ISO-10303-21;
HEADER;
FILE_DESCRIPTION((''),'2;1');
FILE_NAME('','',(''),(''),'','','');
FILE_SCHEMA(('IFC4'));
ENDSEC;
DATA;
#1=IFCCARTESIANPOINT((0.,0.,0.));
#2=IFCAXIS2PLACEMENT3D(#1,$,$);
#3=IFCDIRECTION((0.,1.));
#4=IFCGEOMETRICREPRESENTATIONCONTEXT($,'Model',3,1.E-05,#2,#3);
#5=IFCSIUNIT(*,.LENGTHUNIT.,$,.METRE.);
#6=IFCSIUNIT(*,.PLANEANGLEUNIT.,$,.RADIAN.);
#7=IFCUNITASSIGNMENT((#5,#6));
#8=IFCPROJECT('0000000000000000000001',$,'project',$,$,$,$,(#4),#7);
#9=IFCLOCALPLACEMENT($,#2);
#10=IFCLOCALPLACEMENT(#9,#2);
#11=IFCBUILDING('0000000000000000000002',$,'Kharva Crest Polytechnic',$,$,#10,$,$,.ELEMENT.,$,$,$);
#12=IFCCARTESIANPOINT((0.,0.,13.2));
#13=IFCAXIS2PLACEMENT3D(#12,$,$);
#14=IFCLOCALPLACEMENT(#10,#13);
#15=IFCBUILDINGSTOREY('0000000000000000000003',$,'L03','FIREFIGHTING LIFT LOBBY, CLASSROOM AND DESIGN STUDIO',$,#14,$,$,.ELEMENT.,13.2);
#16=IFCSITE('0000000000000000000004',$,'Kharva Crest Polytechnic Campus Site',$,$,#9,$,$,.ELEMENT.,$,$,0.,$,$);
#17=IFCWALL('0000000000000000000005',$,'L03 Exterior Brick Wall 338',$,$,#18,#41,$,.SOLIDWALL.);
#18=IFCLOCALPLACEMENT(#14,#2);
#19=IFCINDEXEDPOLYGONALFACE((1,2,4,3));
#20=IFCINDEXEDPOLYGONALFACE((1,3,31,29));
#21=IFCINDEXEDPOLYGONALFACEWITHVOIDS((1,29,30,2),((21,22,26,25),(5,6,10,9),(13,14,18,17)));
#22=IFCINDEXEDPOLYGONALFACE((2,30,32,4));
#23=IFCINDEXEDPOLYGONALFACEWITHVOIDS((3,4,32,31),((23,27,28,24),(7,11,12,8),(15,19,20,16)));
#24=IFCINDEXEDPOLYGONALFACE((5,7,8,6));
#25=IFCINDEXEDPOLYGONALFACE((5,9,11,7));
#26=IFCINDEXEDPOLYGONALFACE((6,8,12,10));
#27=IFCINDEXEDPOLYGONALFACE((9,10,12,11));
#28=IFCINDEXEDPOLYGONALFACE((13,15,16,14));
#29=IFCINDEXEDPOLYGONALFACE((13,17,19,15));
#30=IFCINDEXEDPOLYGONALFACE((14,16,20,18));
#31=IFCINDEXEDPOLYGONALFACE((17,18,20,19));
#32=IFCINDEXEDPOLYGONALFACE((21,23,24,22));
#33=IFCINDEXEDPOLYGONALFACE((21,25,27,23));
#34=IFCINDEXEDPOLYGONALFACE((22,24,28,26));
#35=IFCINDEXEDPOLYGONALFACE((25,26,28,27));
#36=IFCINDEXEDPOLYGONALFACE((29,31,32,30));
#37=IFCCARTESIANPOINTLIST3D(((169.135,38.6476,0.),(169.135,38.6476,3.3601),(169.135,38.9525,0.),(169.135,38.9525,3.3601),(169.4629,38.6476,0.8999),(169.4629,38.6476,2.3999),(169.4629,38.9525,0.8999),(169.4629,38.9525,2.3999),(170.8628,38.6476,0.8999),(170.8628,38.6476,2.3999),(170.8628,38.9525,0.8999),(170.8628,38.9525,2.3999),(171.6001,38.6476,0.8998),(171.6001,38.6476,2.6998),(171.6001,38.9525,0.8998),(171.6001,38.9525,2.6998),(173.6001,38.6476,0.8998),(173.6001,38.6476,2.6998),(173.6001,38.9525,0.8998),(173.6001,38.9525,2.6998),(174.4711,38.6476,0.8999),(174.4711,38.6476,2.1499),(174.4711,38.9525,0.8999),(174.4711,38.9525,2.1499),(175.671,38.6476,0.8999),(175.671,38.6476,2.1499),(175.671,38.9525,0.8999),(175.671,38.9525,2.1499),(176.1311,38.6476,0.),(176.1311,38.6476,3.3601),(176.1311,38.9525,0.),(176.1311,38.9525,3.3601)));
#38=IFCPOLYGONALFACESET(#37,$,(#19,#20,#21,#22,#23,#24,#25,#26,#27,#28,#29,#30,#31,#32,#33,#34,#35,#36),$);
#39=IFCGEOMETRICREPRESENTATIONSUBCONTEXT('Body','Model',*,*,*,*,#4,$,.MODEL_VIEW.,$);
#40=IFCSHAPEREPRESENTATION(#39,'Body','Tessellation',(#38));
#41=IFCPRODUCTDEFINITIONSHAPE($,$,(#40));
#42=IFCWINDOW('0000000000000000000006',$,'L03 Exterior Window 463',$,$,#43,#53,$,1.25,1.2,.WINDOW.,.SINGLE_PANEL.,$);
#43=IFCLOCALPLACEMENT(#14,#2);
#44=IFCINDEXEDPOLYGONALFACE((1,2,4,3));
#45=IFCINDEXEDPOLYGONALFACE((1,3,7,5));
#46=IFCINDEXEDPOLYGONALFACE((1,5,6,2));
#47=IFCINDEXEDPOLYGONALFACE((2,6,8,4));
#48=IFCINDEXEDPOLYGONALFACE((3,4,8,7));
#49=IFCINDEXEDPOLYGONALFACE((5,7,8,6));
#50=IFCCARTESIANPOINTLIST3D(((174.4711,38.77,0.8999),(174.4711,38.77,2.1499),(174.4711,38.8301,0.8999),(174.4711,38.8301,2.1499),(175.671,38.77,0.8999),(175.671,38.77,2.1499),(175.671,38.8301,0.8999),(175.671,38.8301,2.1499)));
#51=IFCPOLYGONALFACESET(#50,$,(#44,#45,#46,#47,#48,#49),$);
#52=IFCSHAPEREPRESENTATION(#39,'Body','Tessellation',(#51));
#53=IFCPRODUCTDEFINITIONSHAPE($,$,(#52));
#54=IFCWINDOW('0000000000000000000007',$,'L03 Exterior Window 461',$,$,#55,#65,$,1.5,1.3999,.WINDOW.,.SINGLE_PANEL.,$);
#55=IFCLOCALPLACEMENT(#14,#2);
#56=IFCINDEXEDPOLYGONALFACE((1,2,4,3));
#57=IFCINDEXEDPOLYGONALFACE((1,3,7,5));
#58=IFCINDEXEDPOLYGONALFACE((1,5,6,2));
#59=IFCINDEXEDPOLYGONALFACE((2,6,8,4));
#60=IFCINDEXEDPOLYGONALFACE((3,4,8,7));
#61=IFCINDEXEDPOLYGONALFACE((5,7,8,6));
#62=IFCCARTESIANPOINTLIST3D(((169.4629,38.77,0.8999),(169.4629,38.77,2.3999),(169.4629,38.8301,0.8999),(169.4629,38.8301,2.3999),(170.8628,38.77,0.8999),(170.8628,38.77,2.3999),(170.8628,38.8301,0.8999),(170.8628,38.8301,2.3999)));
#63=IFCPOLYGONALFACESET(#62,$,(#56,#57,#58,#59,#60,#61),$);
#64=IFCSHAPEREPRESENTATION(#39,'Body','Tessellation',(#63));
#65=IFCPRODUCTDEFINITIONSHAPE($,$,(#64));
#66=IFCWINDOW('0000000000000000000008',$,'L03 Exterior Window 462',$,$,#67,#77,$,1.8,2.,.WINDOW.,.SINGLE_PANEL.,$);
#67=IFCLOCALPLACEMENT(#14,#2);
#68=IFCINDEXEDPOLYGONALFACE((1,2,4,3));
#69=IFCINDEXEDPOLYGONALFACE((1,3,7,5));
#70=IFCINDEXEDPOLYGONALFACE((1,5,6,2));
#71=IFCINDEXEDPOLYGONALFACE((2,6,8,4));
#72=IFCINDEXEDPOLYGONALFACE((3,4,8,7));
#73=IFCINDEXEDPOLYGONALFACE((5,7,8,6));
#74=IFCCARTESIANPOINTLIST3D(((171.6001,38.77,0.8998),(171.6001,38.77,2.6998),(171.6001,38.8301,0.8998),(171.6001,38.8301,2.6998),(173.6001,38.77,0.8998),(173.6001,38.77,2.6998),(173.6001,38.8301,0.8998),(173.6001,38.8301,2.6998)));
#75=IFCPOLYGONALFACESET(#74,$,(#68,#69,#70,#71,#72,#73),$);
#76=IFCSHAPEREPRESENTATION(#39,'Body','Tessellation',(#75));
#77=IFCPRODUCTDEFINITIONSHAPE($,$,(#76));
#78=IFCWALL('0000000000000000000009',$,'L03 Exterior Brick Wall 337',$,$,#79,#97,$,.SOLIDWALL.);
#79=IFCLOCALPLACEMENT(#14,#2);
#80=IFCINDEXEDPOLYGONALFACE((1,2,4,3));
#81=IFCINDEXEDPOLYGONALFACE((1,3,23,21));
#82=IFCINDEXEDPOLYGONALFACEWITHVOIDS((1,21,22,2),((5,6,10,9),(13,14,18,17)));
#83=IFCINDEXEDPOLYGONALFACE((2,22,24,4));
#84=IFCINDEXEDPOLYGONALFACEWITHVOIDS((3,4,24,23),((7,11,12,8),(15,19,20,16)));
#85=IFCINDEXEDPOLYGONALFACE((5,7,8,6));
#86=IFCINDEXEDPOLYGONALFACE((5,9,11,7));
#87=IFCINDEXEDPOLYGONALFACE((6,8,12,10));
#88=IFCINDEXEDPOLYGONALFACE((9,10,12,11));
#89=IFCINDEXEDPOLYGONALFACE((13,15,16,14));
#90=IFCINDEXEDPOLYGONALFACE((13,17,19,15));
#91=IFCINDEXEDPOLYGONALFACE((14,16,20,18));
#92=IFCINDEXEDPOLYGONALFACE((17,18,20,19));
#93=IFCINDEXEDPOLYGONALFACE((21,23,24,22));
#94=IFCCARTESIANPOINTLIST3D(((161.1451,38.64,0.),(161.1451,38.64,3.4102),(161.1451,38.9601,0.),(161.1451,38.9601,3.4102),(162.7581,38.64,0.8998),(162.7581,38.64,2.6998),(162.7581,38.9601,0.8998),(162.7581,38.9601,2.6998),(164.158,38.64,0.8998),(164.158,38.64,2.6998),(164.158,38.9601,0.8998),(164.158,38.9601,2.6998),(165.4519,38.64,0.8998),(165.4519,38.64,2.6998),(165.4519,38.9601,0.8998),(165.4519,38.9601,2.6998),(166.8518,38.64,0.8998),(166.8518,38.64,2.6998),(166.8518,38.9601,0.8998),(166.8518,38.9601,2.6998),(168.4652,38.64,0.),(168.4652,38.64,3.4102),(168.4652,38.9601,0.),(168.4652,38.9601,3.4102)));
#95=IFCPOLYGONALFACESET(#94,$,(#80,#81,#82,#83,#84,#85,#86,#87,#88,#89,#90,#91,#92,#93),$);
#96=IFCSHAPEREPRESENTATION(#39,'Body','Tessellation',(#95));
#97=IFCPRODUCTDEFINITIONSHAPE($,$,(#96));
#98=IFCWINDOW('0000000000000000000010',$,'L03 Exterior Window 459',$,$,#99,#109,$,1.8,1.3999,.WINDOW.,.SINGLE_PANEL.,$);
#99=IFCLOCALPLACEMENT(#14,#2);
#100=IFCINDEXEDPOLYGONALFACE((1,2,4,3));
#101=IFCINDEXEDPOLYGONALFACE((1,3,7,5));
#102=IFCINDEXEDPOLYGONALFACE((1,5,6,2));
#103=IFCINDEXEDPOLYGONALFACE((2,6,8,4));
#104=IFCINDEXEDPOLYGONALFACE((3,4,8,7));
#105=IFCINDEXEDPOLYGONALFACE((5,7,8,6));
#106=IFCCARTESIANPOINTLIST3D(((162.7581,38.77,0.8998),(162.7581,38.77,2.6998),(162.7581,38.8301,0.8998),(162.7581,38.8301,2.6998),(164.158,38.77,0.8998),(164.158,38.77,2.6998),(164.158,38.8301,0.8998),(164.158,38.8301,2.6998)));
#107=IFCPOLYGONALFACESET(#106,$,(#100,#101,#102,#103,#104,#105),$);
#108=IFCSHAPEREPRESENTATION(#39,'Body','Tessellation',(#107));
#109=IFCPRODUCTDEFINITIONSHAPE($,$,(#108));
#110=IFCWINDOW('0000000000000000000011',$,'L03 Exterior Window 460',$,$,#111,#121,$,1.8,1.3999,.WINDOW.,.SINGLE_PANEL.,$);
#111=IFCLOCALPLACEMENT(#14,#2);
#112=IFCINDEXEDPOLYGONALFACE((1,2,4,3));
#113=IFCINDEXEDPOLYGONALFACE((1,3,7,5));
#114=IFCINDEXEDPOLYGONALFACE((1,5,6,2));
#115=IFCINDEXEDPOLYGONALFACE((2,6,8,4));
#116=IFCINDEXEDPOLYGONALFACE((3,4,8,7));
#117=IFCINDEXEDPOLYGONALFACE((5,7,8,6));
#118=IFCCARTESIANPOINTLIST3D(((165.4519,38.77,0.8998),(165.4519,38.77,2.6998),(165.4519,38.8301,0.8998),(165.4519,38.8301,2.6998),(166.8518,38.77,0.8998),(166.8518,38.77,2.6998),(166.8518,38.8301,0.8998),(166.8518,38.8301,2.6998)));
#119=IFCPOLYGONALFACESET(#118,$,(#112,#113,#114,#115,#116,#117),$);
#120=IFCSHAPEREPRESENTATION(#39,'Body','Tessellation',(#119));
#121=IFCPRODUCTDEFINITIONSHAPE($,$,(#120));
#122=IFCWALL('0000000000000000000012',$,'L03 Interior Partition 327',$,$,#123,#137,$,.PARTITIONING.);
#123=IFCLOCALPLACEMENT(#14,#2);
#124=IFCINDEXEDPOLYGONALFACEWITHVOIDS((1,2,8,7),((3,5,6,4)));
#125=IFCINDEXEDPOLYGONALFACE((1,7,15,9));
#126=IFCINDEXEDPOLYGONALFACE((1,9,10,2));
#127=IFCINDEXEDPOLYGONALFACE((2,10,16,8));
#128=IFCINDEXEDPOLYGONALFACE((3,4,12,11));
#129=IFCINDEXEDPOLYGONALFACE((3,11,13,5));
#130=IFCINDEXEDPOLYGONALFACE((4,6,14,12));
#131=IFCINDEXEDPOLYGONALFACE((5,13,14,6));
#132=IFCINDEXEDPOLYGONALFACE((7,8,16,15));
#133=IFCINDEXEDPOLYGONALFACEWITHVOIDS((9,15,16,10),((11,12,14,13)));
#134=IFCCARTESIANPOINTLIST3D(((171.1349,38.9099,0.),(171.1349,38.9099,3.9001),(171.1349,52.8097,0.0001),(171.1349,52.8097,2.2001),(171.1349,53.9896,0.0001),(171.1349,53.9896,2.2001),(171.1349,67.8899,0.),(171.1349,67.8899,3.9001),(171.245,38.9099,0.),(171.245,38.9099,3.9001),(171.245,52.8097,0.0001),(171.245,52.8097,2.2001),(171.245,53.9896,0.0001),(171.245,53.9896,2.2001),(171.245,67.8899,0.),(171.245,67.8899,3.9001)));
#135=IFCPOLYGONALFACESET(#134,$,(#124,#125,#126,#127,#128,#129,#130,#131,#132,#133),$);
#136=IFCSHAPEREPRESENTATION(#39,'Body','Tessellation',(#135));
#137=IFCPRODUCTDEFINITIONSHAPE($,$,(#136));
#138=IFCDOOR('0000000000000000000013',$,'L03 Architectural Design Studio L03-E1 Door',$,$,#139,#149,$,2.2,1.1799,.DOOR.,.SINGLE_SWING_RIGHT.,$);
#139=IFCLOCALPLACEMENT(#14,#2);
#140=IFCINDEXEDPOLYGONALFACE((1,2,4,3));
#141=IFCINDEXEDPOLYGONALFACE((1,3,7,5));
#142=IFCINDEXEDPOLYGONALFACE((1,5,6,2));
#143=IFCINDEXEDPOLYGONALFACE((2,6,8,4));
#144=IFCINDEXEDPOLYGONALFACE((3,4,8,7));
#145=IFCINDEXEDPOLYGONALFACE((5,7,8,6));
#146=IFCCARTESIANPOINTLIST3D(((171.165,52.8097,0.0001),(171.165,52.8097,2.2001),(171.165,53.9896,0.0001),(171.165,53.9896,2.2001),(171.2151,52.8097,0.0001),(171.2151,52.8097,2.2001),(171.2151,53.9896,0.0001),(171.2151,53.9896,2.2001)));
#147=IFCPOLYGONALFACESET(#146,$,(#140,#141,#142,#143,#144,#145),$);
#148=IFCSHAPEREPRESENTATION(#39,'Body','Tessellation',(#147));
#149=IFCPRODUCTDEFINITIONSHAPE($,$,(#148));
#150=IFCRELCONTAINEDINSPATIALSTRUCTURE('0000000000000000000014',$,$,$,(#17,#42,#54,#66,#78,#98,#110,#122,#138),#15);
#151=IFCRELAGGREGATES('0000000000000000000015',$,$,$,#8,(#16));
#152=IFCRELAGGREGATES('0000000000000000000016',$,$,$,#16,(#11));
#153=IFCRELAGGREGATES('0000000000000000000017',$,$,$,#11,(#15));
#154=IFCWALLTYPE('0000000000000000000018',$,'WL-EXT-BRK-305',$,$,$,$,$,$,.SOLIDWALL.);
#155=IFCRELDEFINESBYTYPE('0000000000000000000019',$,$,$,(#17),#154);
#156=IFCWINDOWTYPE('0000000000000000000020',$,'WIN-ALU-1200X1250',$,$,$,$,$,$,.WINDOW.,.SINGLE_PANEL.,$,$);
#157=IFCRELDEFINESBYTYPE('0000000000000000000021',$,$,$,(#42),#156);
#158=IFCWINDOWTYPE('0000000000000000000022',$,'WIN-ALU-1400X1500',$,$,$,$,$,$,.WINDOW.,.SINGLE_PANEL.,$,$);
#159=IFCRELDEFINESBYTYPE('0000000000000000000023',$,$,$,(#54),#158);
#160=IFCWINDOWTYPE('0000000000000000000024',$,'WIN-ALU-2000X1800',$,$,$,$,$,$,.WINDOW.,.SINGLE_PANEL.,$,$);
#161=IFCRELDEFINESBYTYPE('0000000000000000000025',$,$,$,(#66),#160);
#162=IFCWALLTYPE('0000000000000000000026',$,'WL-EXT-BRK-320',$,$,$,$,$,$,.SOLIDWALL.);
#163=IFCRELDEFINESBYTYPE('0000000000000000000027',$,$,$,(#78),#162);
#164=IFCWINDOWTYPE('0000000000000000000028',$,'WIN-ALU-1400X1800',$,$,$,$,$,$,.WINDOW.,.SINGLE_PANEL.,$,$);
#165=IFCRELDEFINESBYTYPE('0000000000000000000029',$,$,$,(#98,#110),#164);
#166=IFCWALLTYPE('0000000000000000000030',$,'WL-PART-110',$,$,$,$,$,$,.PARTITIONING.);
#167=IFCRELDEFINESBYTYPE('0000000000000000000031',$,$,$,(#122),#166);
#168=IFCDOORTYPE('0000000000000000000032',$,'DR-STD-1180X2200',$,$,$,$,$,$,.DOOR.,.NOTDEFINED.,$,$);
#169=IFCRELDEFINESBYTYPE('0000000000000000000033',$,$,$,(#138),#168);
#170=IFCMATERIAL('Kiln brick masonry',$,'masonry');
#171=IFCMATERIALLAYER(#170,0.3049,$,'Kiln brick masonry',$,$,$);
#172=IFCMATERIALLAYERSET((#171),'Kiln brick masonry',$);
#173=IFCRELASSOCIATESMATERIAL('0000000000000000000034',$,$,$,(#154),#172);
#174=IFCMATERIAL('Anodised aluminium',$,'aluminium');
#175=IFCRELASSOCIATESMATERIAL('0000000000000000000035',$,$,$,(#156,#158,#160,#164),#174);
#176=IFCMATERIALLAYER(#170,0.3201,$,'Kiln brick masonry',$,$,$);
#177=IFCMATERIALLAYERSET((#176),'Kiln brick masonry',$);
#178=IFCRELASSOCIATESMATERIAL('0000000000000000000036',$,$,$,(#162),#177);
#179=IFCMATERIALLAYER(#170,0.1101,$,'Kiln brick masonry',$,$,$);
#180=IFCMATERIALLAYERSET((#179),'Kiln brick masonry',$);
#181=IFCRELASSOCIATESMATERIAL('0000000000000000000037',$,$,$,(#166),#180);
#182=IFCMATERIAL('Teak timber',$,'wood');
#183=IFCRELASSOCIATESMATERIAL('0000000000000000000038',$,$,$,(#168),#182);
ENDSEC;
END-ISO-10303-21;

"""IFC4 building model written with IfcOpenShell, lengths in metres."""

from ifc_helpers import new_model, si_unit, direction, frame, frame_2d, origin, place, context, subcontext, project, spatial, rectangle, extrude, material, layer, layer_set, type_object, element, fill, save


model = new_model("IFC4")

# Units and contexts
model_context = context("Model", 3, precision=1e-05, world=origin(), true_north=direction((0.0, 1.0)))
body_context = subcontext(model_context, "Body", "Model", "MODEL_VIEW")
ifc_project = project(units=[si_unit("LENGTHUNIT", "METRE"), si_unit("PLANEANGLEUNIT", "RADIAN")], contexts=[model_context])

# Site, building, storey
site_placement = place(None, origin())
site = spatial("IfcSite", under=ifc_project, at=site_placement, Name="Kharva Crest Polytechnic Campus Site", CompositionType="ELEMENT", RefElevation=0.0)
building_placement = place(site_placement, origin())
building = spatial("IfcBuilding", under=site, at=building_placement, Name="Kharva Crest Polytechnic", CompositionType="ELEMENT")
storey_placement = place(building_placement, frame((0.0, 0.0, 13.2)))
storey = spatial("IfcBuildingStorey", under=building, at=storey_placement, Name="L03", Description="FIREFIGHTING LIFT LOBBY, CLASSROOM AND DESIGN STUDIO", CompositionType="ELEMENT", Elevation=13.2)

# Walls, openings, windows
ifc_material_1 = material(Name="Kiln brick masonry", Category="masonry")
ifc_layer_1 = layer(ifc_material_1, 0.3049, Name="Kiln brick masonry")
ifc_layer_set_1 = layer_set([ifc_layer_1], Name="Kiln brick masonry")
wall_type_1 = type_object("IfcWallType", Name="WL-EXT-BRK-305", PredefinedType="SOLIDWALL", material=ifc_layer_set_1)
wall_1_placement = place(storey_placement, frame((169.135, 38.8, 0.0), z_axis=(0.0, 0.0, 1.0), x_axis=(1.0, 0.0, 0.0)))
wall_1 = element("IfcWall", 1, at=wall_1_placement, inside=storey, type_object=wall_type_1, Name="L03 Exterior Brick Wall 338", PredefinedType="SOLIDWALL", context=body_context, shape_type="SweptSolid", body=[
    extrude(rectangle(XDim=6.9961, YDim=0.3049, at=frame_2d((3.498, 0.0))), origin(), (0.0, 0.0, 1.0), 3.3601),
])
opening_1_placement = place(wall_1_placement, frame((0.3279, 0.0, 0.8999)))
opening_1 = element("IfcOpeningElement", 2, at=opening_1_placement, cuts=wall_1, PredefinedType="OPENING", context=body_context, shape_type="SweptSolid", body=[
    extrude(rectangle(XDim=1.3999, YDim=1.5, at=frame_2d((0.7, 0.75))), frame((0.0, 0.1624, 0.0), z_axis=(0.0, -1.0, 0.0), x_axis=(1.0, 0.0, 0.0)), (0.0, 0.0, 1.0), 0.325),
])
opening_2_placement = place(wall_1_placement, frame((2.4651, 0.0, 0.8999)))
opening_2 = element("IfcOpeningElement", 3, at=opening_2_placement, cuts=wall_1, PredefinedType="OPENING", context=body_context, shape_type="SweptSolid", body=[
    extrude(rectangle(XDim=2.0, YDim=1.8, at=frame_2d((1.0, 0.8999))), frame((0.0, 0.1624, 0.0), z_axis=(0.0, -1.0, 0.0), x_axis=(1.0, 0.0, 0.0)), (0.0, 0.0, 1.0), 0.325),
])
opening_3_placement = place(wall_1_placement, frame((5.3359, 0.0, 0.8999)))
opening_3 = element("IfcOpeningElement", 4, at=opening_3_placement, cuts=wall_1, PredefinedType="OPENING", context=body_context, shape_type="SweptSolid", body=[
    extrude(rectangle(XDim=1.2, YDim=1.25, at=frame_2d((0.6001, 0.625))), frame((0.0, 0.1624, 0.0), z_axis=(0.0, -1.0, 0.0), x_axis=(1.0, 0.0, 0.0)), (0.0, 0.0, 1.0), 0.325),
])
ifc_material_2 = material(Name="Anodised aluminium", Category="aluminium")
window_type_1 = type_object("IfcWindowType", Name="WIN-ALU-1200X1250", PartitioningType="SINGLE_PANEL", PredefinedType="WINDOW", material=ifc_material_2)
window_1_placement = place(opening_3_placement, origin())
window_1 = element("IfcWindow", 5, at=window_1_placement, inside=storey, type_object=window_type_1, Name="L03 Exterior Window 463", OverallHeight=1.25, OverallWidth=1.2, PartitioningType="SINGLE_PANEL", PredefinedType="WINDOW", context=body_context, shape_type="SweptSolid", body=[
    extrude(rectangle(XDim=1.2, YDim=1.25, at=frame_2d((0.6001, 0.625))), frame((0.0, 0.03, 0.0), z_axis=(0.0, -1.0, 0.0), x_axis=(1.0, 0.0, 0.0)), (0.0, 0.0, 1.0), 0.0601),
])
fill(opening_3, window_1)
window_type_2 = type_object("IfcWindowType", Name="WIN-ALU-1400X1500", PartitioningType="SINGLE_PANEL", PredefinedType="WINDOW", material=ifc_material_2)
window_2_placement = place(opening_1_placement, origin())
window_2 = element("IfcWindow", 6, at=window_2_placement, inside=storey, type_object=window_type_2, Name="L03 Exterior Window 461", OverallHeight=1.5, OverallWidth=1.3999, PartitioningType="SINGLE_PANEL", PredefinedType="WINDOW", context=body_context, shape_type="SweptSolid", body=[
    extrude(rectangle(XDim=1.3999, YDim=1.5, at=frame_2d((0.7, 0.75))), frame((0.0, 0.03, 0.0), z_axis=(0.0, -1.0, 0.0), x_axis=(1.0, 0.0, 0.0)), (0.0, 0.0, 1.0), 0.0601),
])
fill(opening_1, window_2)
window_type_3 = type_object("IfcWindowType", Name="WIN-ALU-2000X1800", PartitioningType="SINGLE_PANEL", PredefinedType="WINDOW", material=ifc_material_2)
window_3_placement = place(opening_2_placement, origin())
window_3 = element("IfcWindow", 7, at=window_3_placement, inside=storey, type_object=window_type_3, Name="L03 Exterior Window 462", OverallHeight=1.8, OverallWidth=2.0, PartitioningType="SINGLE_PANEL", PredefinedType="WINDOW", context=body_context, shape_type="SweptSolid", body=[
    extrude(rectangle(XDim=2.0, YDim=1.8, at=frame_2d((1.0, 0.8999))), frame((0.0, 0.03, 0.0), z_axis=(0.0, -1.0, 0.0), x_axis=(1.0, 0.0, 0.0)), (0.0, 0.0, 1.0), 0.0601),
])
fill(opening_2, window_3)
ifc_layer_2 = layer(ifc_material_1, 0.3201, Name="Kiln brick masonry")
ifc_layer_set_2 = layer_set([ifc_layer_2], Name="Kiln brick masonry")
wall_type_2 = type_object("IfcWallType", Name="WL-EXT-BRK-320", PredefinedType="SOLIDWALL", material=ifc_layer_set_2)
wall_2_placement = place(storey_placement, frame((161.145, 38.8, 0.0), z_axis=(0.0, 0.0, 1.0), x_axis=(1.0, 0.0, 0.0)))
wall_2 = element("IfcWall", 8, at=wall_2_placement, inside=storey, type_object=wall_type_2, Name="L03 Exterior Brick Wall 337", PredefinedType="SOLIDWALL", context=body_context, shape_type="SweptSolid", body=[
    extrude(rectangle(XDim=7.3201, YDim=0.3201, at=frame_2d((3.6602, 0.0))), origin(), (0.0, 0.0, 1.0), 3.4102),
])
opening_4_placement = place(wall_2_placement, frame((1.613, 0.0, 0.8999)))
opening_4 = element("IfcOpeningElement", 9, at=opening_4_placement, cuts=wall_2, PredefinedType="OPENING", context=body_context, shape_type="SweptSolid", body=[
    extrude(rectangle(XDim=1.3999, YDim=1.8, at=frame_2d((0.7, 0.8999))), frame((0.0, 0.1699, 0.0), z_axis=(0.0, -1.0, 0.0), x_axis=(1.0, 0.0, 0.0)), (0.0, 0.0, 1.0), 0.3401),
])
opening_5_placement = place(wall_2_placement, frame((4.3069, 0.0, 0.8999)))
opening_5 = element("IfcOpeningElement", 10, at=opening_5_placement, cuts=wall_2, PredefinedType="OPENING", context=body_context, shape_type="SweptSolid", body=[
    extrude(rectangle(XDim=1.3999, YDim=1.8, at=frame_2d((0.7, 0.8999))), frame((0.0, 0.1699, 0.0), z_axis=(0.0, -1.0, 0.0), x_axis=(1.0, 0.0, 0.0)), (0.0, 0.0, 1.0), 0.3401),
])
window_type_4 = type_object("IfcWindowType", Name="WIN-ALU-1400X1800", PartitioningType="SINGLE_PANEL", PredefinedType="WINDOW", material=ifc_material_2)
window_4_placement = place(opening_4_placement, origin())
window_4 = element("IfcWindow", 11, at=window_4_placement, inside=storey, type_object=window_type_4, Name="L03 Exterior Window 459", OverallHeight=1.8, OverallWidth=1.3999, PartitioningType="SINGLE_PANEL", PredefinedType="WINDOW", context=body_context, shape_type="SweptSolid", body=[
    extrude(rectangle(XDim=1.3999, YDim=1.8, at=frame_2d((0.7, 0.8999))), frame((0.0, 0.03, 0.0), z_axis=(0.0, -1.0, 0.0), x_axis=(1.0, 0.0, 0.0)), (0.0, 0.0, 1.0), 0.0601),
])
fill(opening_4, window_4)
window_5_placement = place(opening_5_placement, origin())
window_5 = element("IfcWindow", 12, at=window_5_placement, inside=storey, type_object=window_type_4, Name="L03 Exterior Window 460", OverallHeight=1.8, OverallWidth=1.3999, PartitioningType="SINGLE_PANEL", PredefinedType="WINDOW", context=body_context, shape_type="SweptSolid", body=[
    extrude(rectangle(XDim=1.3999, YDim=1.8, at=frame_2d((0.7, 0.8999))), frame((0.0, 0.03, 0.0), z_axis=(0.0, -1.0, 0.0), x_axis=(1.0, 0.0, 0.0)), (0.0, 0.0, 1.0), 0.0601),
])
fill(opening_5, window_5)

# Wall, opening, door
ifc_layer_3 = layer(ifc_material_1, 0.1101, Name="Kiln brick masonry")
ifc_layer_set_3 = layer_set([ifc_layer_3], Name="Kiln brick masonry")
wall_type_3 = type_object("IfcWallType", Name="WL-PART-110", PredefinedType="PARTITIONING", material=ifc_layer_set_3)
wall_3_placement = place(storey_placement, frame((171.1899, 38.9099, 0.0), z_axis=(0.0, 0.0, 1.0), x_axis=(0.0, 1.0, 0.0)))
wall_3 = element("IfcWall", 13, at=wall_3_placement, inside=storey, type_object=wall_type_3, Name="L03 Interior Partition 327", PredefinedType="PARTITIONING", context=body_context, shape_type="SweptSolid", body=[
    extrude(rectangle(XDim=28.98, YDim=0.1101, at=frame_2d((14.49, 0.0))), origin(), (0.0, 0.0, 1.0), 3.9001),
])
opening_6_placement = place(wall_3_placement, frame((13.8999, 0.0, 0.0)))
opening_6 = element("IfcOpeningElement", 14, at=opening_6_placement, cuts=wall_3, PredefinedType="OPENING", context=body_context, shape_type="SweptSolid", body=[
    extrude(rectangle(XDim=1.1799, YDim=2.2, at=frame_2d((0.5898, 1.1001))), frame((0.0, 0.0649, 0.0), z_axis=(0.0, -1.0, 0.0), x_axis=(1.0, 0.0, 0.0)), (0.0, 0.0, 1.0), 0.1301),
])
ifc_material_3 = material(Name="Teak timber", Category="wood")
door_type_1 = type_object("IfcDoorType", Name="DR-STD-1180X2200", OperationType="NOTDEFINED", PredefinedType="DOOR", material=ifc_material_3)
door_1_placement = place(opening_6_placement, origin())
door_1 = element("IfcDoor", 15, at=door_1_placement, inside=storey, type_object=door_type_1, Name="L03 Architectural Design Studio L03-E1 Door", OperationType="SINGLE_SWING_RIGHT", OverallHeight=2.2, OverallWidth=1.1799, PredefinedType="DOOR", context=body_context, shape_type="SweptSolid", body=[
    extrude(rectangle(XDim=1.1799, YDim=2.2, at=frame_2d((0.5898, 1.1001))), frame((0.0, 0.0249, 0.0), z_axis=(0.0, -1.0, 0.0), x_axis=(1.0, 0.0, 0.0)), (0.0, 0.0, 1.0), 0.05),
])
fill(opening_6, door_1)

save(model, "model.ifc")
